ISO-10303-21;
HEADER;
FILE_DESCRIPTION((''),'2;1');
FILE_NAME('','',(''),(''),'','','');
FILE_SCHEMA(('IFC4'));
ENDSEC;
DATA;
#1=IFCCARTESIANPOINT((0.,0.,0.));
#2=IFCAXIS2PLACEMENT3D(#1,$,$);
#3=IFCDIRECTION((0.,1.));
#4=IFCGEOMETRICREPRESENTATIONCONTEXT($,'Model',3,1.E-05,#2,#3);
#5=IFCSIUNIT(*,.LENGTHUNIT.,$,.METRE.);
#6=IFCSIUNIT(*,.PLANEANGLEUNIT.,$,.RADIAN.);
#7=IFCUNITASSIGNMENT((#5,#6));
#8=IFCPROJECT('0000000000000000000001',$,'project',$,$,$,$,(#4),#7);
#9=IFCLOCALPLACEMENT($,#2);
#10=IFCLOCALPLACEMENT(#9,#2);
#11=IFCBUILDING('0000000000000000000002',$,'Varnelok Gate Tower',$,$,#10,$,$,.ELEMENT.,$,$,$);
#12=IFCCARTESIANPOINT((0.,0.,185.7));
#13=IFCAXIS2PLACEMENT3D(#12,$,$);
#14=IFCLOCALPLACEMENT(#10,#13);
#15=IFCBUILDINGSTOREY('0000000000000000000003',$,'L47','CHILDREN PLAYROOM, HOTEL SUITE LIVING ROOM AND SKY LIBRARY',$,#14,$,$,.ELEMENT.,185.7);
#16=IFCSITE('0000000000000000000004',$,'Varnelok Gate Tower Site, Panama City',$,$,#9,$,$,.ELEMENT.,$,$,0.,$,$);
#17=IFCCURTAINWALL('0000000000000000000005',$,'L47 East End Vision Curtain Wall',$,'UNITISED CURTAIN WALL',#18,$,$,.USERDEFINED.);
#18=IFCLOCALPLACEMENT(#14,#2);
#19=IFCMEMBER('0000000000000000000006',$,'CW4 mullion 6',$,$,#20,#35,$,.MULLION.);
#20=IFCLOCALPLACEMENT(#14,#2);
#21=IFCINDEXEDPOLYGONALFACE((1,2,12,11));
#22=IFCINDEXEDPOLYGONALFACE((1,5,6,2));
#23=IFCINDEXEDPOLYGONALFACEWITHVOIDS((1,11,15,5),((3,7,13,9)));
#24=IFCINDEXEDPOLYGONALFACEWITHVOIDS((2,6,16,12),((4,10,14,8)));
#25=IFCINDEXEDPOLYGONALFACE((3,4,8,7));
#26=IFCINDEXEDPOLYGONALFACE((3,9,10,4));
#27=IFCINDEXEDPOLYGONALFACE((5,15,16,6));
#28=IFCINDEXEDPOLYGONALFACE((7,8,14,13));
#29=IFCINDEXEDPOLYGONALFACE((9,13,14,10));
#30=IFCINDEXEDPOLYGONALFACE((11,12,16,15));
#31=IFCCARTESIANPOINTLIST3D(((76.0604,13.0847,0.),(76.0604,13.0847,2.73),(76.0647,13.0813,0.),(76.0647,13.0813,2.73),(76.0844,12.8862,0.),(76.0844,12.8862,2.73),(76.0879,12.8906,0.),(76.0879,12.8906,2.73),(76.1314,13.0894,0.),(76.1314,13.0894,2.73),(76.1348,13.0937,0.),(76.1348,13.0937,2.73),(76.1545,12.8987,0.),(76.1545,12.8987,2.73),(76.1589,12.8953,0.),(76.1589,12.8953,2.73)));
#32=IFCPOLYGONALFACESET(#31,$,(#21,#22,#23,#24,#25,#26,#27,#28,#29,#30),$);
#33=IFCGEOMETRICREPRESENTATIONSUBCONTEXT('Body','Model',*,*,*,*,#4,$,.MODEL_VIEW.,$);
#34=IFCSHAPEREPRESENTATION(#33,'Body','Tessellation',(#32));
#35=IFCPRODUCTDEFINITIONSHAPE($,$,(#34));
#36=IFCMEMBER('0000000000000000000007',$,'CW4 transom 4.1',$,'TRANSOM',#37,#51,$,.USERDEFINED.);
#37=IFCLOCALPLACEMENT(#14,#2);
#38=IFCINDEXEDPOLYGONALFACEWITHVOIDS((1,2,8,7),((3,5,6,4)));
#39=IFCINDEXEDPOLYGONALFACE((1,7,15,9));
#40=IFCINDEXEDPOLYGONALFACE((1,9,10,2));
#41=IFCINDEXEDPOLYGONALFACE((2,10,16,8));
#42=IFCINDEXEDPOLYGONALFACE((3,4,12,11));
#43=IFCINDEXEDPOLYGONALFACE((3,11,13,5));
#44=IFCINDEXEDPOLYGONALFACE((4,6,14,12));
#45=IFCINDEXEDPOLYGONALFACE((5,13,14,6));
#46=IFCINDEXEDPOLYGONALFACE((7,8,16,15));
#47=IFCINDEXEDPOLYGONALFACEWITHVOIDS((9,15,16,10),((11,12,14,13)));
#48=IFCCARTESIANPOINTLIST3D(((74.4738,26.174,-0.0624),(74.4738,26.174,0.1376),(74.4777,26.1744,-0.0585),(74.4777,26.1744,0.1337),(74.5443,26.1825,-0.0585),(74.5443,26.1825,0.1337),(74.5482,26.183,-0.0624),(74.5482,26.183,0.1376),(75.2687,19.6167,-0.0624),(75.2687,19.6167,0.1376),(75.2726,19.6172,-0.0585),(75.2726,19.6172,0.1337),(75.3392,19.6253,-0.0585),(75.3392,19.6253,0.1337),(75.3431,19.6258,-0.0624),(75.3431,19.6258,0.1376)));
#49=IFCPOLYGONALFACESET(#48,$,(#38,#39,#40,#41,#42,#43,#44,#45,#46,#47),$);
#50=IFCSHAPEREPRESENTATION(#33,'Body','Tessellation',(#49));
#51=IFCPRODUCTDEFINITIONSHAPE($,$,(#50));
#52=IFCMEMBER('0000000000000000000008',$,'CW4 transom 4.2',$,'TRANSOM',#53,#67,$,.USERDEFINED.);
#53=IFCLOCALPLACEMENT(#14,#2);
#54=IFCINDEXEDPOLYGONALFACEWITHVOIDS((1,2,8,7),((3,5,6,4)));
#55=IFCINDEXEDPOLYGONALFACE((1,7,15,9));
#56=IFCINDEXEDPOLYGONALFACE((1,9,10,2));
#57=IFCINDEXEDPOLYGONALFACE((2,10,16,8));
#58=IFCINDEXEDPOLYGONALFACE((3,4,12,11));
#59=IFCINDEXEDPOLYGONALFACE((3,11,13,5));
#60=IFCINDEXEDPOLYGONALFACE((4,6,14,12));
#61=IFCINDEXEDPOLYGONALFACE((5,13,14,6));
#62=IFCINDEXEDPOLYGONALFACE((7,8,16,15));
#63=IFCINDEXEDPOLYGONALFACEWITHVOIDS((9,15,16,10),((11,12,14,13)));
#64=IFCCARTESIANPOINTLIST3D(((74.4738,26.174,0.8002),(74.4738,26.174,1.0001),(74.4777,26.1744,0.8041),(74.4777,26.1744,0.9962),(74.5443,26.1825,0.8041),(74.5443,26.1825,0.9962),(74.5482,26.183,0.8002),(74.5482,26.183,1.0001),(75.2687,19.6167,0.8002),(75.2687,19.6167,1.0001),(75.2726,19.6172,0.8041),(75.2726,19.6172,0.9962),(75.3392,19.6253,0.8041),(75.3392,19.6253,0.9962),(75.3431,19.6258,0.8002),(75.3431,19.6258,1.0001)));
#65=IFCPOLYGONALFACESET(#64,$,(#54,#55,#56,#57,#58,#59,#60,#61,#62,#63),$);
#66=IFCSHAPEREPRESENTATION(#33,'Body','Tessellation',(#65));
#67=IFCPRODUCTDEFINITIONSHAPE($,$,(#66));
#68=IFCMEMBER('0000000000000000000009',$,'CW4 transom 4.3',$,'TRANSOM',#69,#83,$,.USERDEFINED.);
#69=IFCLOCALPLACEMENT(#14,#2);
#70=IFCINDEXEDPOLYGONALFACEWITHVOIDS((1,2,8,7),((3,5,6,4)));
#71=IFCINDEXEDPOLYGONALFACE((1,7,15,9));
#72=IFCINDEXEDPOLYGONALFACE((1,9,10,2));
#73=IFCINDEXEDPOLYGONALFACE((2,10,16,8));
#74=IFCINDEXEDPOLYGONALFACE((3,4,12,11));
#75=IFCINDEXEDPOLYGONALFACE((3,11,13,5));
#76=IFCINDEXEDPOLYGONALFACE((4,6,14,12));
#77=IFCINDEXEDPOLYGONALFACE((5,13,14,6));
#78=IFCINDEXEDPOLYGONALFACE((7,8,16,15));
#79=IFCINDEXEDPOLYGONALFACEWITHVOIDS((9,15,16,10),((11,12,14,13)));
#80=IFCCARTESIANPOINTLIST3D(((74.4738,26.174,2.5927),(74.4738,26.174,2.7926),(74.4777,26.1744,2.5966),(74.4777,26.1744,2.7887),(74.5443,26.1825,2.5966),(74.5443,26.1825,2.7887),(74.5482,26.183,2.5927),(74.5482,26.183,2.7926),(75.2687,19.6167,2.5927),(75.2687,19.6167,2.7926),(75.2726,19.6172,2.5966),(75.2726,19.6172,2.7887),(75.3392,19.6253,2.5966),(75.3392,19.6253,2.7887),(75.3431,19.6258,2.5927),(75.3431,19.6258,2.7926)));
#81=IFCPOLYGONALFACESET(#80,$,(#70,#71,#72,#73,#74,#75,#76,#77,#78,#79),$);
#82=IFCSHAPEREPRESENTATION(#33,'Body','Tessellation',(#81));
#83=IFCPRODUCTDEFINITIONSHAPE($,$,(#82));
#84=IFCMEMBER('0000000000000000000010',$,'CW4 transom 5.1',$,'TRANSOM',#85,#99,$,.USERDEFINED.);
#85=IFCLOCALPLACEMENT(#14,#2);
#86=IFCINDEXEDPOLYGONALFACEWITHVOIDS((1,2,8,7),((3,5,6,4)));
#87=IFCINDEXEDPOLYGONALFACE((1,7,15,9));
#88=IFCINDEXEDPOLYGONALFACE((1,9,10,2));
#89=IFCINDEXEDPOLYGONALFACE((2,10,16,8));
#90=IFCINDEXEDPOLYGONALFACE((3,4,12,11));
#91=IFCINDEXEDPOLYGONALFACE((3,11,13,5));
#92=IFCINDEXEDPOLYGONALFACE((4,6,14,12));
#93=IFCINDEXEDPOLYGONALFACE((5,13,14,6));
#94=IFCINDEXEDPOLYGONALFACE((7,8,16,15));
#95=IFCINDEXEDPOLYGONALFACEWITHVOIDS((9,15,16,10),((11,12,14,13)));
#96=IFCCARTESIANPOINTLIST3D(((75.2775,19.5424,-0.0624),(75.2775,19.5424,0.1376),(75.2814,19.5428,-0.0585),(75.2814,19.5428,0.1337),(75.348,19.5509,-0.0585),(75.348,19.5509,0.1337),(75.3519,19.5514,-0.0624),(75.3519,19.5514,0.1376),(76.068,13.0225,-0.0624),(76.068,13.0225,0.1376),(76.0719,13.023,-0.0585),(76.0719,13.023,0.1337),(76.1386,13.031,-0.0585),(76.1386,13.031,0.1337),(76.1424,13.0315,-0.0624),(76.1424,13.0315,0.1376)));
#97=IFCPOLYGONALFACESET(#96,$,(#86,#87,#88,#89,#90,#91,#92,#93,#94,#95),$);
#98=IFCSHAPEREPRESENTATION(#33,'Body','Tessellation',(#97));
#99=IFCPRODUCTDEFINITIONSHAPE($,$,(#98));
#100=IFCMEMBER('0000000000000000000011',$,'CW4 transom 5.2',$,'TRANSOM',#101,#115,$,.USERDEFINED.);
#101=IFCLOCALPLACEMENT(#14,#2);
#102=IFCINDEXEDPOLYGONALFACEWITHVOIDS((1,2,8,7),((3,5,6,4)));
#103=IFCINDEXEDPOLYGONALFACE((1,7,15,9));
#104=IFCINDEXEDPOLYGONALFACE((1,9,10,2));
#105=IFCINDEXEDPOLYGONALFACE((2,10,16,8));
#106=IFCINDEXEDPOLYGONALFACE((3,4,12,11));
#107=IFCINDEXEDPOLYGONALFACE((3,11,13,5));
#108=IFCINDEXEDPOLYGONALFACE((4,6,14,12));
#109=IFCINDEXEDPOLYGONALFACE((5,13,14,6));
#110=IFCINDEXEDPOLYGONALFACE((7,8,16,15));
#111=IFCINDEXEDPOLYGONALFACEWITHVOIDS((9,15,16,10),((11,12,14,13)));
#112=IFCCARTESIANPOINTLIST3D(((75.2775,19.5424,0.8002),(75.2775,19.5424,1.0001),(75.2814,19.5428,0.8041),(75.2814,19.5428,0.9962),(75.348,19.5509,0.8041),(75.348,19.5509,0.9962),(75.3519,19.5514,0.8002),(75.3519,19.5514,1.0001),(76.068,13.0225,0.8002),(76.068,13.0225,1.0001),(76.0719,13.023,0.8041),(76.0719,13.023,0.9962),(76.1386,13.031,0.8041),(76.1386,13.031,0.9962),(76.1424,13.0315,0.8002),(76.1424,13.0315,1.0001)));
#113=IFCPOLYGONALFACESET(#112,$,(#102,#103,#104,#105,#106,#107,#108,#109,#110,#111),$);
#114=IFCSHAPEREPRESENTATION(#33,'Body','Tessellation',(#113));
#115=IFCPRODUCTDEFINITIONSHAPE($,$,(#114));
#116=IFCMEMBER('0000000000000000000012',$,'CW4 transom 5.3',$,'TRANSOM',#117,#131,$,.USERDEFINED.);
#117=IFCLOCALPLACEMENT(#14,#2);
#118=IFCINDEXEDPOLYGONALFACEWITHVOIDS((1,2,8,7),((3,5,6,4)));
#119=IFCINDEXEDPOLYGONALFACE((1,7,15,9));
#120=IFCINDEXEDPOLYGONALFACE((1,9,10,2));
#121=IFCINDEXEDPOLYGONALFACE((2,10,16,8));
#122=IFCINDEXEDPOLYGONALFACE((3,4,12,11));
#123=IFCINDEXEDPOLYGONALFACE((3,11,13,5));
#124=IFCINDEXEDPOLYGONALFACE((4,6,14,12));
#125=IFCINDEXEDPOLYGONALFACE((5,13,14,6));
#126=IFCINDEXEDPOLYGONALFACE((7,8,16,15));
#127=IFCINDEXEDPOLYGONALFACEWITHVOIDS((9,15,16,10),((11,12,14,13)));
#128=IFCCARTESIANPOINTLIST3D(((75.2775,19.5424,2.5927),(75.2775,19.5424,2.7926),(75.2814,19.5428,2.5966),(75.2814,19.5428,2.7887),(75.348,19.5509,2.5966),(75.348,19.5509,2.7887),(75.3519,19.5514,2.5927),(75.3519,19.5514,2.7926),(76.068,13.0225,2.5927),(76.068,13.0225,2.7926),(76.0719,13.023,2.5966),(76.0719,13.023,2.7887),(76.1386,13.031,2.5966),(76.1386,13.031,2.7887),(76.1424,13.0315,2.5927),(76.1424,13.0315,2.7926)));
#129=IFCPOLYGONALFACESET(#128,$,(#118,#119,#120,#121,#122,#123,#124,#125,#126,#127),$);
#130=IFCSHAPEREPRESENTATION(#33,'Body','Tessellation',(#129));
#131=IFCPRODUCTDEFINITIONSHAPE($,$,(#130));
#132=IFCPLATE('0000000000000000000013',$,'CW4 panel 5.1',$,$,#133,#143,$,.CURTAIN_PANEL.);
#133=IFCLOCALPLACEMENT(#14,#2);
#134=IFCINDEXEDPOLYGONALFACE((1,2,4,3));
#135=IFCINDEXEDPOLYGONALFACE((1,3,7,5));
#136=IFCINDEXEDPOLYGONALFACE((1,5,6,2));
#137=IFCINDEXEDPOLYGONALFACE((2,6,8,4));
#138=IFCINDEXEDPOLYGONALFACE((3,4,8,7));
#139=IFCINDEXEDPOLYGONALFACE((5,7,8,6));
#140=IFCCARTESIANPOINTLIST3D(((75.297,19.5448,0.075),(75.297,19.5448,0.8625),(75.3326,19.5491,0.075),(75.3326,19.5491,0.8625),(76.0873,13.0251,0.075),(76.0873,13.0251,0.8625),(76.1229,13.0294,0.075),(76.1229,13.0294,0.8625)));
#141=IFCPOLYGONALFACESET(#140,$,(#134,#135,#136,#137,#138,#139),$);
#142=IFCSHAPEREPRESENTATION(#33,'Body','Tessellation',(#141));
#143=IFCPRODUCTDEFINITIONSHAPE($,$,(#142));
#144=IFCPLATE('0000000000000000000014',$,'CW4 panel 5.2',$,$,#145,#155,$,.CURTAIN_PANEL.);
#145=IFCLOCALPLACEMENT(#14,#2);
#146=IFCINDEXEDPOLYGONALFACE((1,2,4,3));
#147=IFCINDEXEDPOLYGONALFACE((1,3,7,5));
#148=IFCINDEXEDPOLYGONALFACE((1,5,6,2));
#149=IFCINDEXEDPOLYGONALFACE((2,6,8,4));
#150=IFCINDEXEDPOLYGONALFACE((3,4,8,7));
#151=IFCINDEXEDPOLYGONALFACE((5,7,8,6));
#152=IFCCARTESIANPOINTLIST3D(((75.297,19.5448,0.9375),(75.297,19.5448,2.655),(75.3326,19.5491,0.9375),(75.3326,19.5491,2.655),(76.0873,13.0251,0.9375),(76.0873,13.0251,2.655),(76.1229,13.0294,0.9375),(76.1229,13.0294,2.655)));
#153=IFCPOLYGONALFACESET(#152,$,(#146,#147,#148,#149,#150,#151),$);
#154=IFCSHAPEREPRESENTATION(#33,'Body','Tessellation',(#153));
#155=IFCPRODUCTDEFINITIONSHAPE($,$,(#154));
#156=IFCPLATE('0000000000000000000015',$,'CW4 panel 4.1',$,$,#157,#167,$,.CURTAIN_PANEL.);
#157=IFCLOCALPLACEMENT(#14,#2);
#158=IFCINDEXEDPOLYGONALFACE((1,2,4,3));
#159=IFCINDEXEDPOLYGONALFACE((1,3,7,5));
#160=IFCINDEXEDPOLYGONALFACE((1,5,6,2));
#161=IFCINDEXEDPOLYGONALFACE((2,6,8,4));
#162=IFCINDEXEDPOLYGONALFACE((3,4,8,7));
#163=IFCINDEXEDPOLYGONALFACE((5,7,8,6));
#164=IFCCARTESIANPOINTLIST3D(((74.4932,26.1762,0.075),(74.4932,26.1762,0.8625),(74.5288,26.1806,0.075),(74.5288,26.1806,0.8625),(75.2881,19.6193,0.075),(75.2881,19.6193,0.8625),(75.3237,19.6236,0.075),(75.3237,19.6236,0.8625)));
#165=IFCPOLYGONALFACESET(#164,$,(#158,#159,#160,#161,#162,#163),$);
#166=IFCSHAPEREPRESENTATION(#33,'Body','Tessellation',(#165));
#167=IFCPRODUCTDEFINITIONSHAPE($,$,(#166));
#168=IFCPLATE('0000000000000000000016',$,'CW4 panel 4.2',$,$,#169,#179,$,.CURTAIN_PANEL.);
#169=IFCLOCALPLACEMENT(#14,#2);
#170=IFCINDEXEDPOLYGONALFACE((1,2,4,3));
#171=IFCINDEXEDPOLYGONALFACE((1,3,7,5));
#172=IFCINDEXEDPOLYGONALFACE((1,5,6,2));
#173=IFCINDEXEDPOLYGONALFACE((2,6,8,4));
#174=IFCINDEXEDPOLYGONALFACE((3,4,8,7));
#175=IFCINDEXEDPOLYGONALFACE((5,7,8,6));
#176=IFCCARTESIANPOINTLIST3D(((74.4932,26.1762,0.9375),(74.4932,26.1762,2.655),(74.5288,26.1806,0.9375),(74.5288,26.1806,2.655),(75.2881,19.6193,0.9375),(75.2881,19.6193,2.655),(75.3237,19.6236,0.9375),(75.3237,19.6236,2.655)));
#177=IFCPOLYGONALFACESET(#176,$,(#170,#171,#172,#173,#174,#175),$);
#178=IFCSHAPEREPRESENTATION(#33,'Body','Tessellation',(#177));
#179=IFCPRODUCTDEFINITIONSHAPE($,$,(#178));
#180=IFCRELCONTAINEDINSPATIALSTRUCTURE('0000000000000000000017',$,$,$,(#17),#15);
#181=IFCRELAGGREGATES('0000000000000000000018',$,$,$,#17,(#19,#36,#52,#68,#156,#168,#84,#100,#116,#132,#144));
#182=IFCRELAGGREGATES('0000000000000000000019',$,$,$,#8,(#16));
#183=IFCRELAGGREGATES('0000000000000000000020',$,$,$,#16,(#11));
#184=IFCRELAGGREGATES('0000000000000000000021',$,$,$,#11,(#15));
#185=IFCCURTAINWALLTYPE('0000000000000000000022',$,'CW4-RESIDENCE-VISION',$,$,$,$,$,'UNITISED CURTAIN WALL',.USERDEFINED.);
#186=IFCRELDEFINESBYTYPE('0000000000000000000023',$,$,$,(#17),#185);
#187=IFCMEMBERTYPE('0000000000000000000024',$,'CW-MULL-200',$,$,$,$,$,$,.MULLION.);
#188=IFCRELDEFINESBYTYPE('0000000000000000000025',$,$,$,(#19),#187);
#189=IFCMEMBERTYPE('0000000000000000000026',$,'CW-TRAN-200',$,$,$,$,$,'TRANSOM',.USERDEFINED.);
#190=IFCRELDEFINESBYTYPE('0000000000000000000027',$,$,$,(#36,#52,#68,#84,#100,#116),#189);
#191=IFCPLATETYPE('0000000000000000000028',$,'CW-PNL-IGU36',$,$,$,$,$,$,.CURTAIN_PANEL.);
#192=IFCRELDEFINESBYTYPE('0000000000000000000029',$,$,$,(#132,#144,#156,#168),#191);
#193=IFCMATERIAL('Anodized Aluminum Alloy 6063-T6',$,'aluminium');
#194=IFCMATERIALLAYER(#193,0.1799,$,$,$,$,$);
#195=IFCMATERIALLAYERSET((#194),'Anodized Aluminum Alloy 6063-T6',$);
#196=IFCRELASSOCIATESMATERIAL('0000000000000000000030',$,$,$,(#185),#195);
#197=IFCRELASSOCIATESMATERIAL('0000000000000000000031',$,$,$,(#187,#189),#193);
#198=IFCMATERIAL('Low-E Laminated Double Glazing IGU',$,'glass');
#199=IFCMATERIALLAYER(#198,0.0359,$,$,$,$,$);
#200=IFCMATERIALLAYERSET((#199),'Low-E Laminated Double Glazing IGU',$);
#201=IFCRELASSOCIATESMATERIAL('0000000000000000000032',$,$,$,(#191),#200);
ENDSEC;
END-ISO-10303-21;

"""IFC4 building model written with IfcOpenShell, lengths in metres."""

from ifc_helpers import new_model, si_unit, direction, frame, origin, origin_2d, place, context, subcontext, project, spatial, rectangle, hollow_rectangle, extrude, source, transform, mapped, material, layer, layer_set, material_profile, profile_set, type_object, element, aggregate, save


model = new_model("IFC4")

# Units and contexts
model_context = context("Model", 3, precision=1e-05, world=origin(), true_north=direction((0.0, 1.0)))
body_context = subcontext(model_context, "Body", "Model", "MODEL_VIEW")
ifc_project = project(units=[si_unit("LENGTHUNIT", "METRE"), si_unit("PLANEANGLEUNIT", "RADIAN")], contexts=[model_context])

# Site, building, storey
site_placement = place(None, origin())
site = spatial("IfcSite", under=ifc_project, at=site_placement, Name="Varnelok Gate Tower Site, Panama City", CompositionType="ELEMENT", RefElevation=0.0)
building_placement = place(site_placement, origin())
building = spatial("IfcBuilding", under=site, at=building_placement, Name="Varnelok Gate Tower", CompositionType="ELEMENT")
storey_placement = place(building_placement, frame((0.0, 0.0, 185.7)))
storey = spatial("IfcBuildingStorey", under=building, at=storey_placement, Name="L47", Description="CHILDREN PLAYROOM, HOTEL SUITE LIVING ROOM AND SKY LIBRARY", CompositionType="ELEMENT", Elevation=185.7)

# Curtain wall, members, plates
ifc_material_1 = material(Name="Anodized Aluminum Alloy 6063-T6", Category="aluminium")
ifc_layer_1 = layer(ifc_material_1, 0.1799)
ifc_layer_set_1 = layer_set([ifc_layer_1], Name="Anodized Aluminum Alloy 6063-T6")
curtain_wall_type = type_object("IfcCurtainWallType", Name="CW4-RESIDENCE-VISION", ElementType="UNITISED CURTAIN WALL", PredefinedType="USERDEFINED", material=ifc_layer_set_1)
curtain_wall_placement = place(storey_placement, origin())
curtain_wall = element("IfcCurtainWall", 1, at=curtain_wall_placement, inside=storey, type_object=curtain_wall_type, Name="L47 East End Vision Curtain Wall", ObjectType="UNITISED CURTAIN WALL", PredefinedType="USERDEFINED")
ifc_material_profile_1 = material_profile(ifc_material_1, hollow_rectangle(XDim=0.075, YDim=0.2, WallThickness=0.0039, at=origin_2d()), Name="ALU200X75X4")
ifc_profile_set_1 = profile_set([ifc_material_profile_1], Name="Anodized Aluminum Alloy 6063-T6")
member_type_1 = type_object("IfcMemberType", Name="CW-MULL-200", PredefinedType="MULLION", material=ifc_profile_set_1)
member_1_placement = place(storey_placement, frame((76.1096, 12.99, 0.0), z_axis=(0.0, 0.0, 1.0), x_axis=(0.992732, 0.120345, 0.0)))
member_1 = element("IfcMember", 2, at=member_1_placement, type_object=member_type_1, Name="CW4 mullion 6", PredefinedType="MULLION", context=body_context, shape_type="SweptSolid", body=[
    extrude(hollow_rectangle(XDim=0.075, YDim=0.2, WallThickness=0.0039, at=origin_2d()), origin(), (0.0, 0.0, 1.0), 2.73),
])
ifc_material_profile_2 = material_profile(ifc_material_1, hollow_rectangle(XDim=0.075, YDim=0.2, WallThickness=0.0039, at=origin_2d()), Name="ALU200X75X4")
ifc_profile_set_2 = profile_set([ifc_material_profile_2], Name="Anodized Aluminum Alloy 6063-T6")
member_type_2 = type_object("IfcMemberType", Name="CW-TRAN-200", ElementType="TRANSOM", PredefinedType="USERDEFINED", material=ifc_profile_set_2)
member_2_placement = place(storey_placement, frame((74.511, 26.1785, 0.0376), z_axis=(0.120349, -0.992732, 0.0), x_axis=(0.992732, 0.120349, 0.0)))
member_2 = element("IfcMember", 3, at=member_2_placement, type_object=member_type_2, Name="CW4 transom 4.1", ObjectType="TRANSOM", PredefinedType="USERDEFINED", context=body_context, shape_type="SweptSolid", body=[
    extrude(hollow_rectangle(XDim=0.075, YDim=0.2, WallThickness=0.0039, at=origin_2d()), origin(), (0.0, 0.0, 1.0), 6.6052),
])
member_3_placement = place(storey_placement, frame((74.511, 26.1785, 0.9001), z_axis=(0.120349, -0.992732, 0.0), x_axis=(0.992732, 0.120349, 0.0)))
member_3 = element("IfcMember", 4, at=member_3_placement, type_object=member_type_2, Name="CW4 transom 4.2", ObjectType="TRANSOM", PredefinedType="USERDEFINED", context=body_context, shape_type="SweptSolid", body=[
    extrude(hollow_rectangle(XDim=0.075, YDim=0.2, WallThickness=0.0039, at=origin_2d()), origin(), (0.0, 0.0, 1.0), 6.6052),
])
member_4_placement = place(storey_placement, frame((74.511, 26.1785, 2.6926), z_axis=(0.120349, -0.992732, 0.0), x_axis=(0.992732, 0.120349, 0.0)))
member_4 = element("IfcMember", 5, at=member_4_placement, type_object=member_type_2, Name="CW4 transom 4.3", ObjectType="TRANSOM", PredefinedType="USERDEFINED", context=body_context, shape_type="SweptSolid", body=[
    extrude(hollow_rectangle(XDim=0.075, YDim=0.2, WallThickness=0.0039, at=origin_2d()), origin(), (0.0, 0.0, 1.0), 6.6052),
])
member_5_placement = place(storey_placement, frame((75.3147, 19.5469, 0.0376), z_axis=(0.120369, -0.992729, 0.0), x_axis=(0.992729, 0.120369, 0.0)))
member_5 = element("IfcMember", 6, at=member_5_placement, type_object=member_type_2, Name="CW4 transom 5.1", ObjectType="TRANSOM", PredefinedType="USERDEFINED", context=body_context, shape_type="SweptSolid", body=[
    extrude(hollow_rectangle(XDim=0.075, YDim=0.2, WallThickness=0.0039, at=origin_2d()), origin(), (0.0, 0.0, 1.0), 6.5676),
])
member_6_placement = place(storey_placement, frame((75.3147, 19.5469, 0.9001), z_axis=(0.120369, -0.992729, 0.0), x_axis=(0.992729, 0.120369, 0.0)))
member_6 = element("IfcMember", 7, at=member_6_placement, type_object=member_type_2, Name="CW4 transom 5.2", ObjectType="TRANSOM", PredefinedType="USERDEFINED", context=body_context, shape_type="SweptSolid", body=[
    extrude(hollow_rectangle(XDim=0.075, YDim=0.2, WallThickness=0.0039, at=origin_2d()), origin(), (0.0, 0.0, 1.0), 6.5676),
])
member_7_placement = place(storey_placement, frame((75.3147, 19.5469, 2.6926), z_axis=(0.120369, -0.992729, 0.0), x_axis=(0.992729, 0.120369, 0.0)))
member_7 = element("IfcMember", 8, at=member_7_placement, type_object=member_type_2, Name="CW4 transom 5.3", ObjectType="TRANSOM", PredefinedType="USERDEFINED", context=body_context, shape_type="SweptSolid", body=[
    extrude(hollow_rectangle(XDim=0.075, YDim=0.2, WallThickness=0.0039, at=origin_2d()), origin(), (0.0, 0.0, 1.0), 6.5676),
])
ifc_material_2 = material(Name="Low-E Laminated Double Glazing IGU", Category="glass")
ifc_layer_2 = layer(ifc_material_2, 0.0359)
ifc_layer_set_2 = layer_set([ifc_layer_2], Name="Low-E Laminated Double Glazing IGU")
plate_type = type_object("IfcPlateType", Name="CW-PNL-IGU36", PredefinedType="CURTAIN_PANEL", material=ifc_layer_set_2)
shared_shape_1 = source(origin(), body_context, "Body", "SweptSolid", [
    extrude(rectangle(XDim=6.5674, YDim=0.0359, at=origin_2d()), origin(), (0.0, 0.0, 1.0), 0.7876),
])
plate_1_placement = place(storey_placement, frame((75.71, 16.2871, 0.075), z_axis=(0.0, 0.0, 1.0), x_axis=(0.120345, -0.992732, 0.0)))
plate_1 = element("IfcPlate", 9, at=plate_1_placement, type_object=plate_type, Name="CW4 panel 5.1", PredefinedType="CURTAIN_PANEL", context=body_context, shape_type="MappedRepresentation", body=[
    mapped(shared_shape_1, transform((0.0, 0.0, 0.0), scale=1.0)),
])
shared_shape_2 = source(origin(), body_context, "Body", "SweptSolid", [
    extrude(rectangle(XDim=6.5674, YDim=0.0359, at=origin_2d()), origin(), (0.0, 0.0, 1.0), 1.7175),
])
plate_2_placement = place(storey_placement, frame((75.71, 16.2871, 0.9375), z_axis=(0.0, 0.0, 1.0), x_axis=(0.120345, -0.992732, 0.0)))
plate_2 = element("IfcPlate", 10, at=plate_2_placement, type_object=plate_type, Name="CW4 panel 5.2", PredefinedType="CURTAIN_PANEL", context=body_context, shape_type="MappedRepresentation", body=[
    mapped(shared_shape_2, transform((0.0, 0.0, 0.0), scale=1.0)),
])
shared_shape_3 = source(origin(), body_context, "Body", "SweptSolid", [
    extrude(rectangle(XDim=6.605, YDim=0.0359, at=origin_2d()), origin(), (0.0, 0.0, 1.0), 0.7876),
])
plate_3_placement = place(storey_placement, frame((74.9084, 22.8999, 0.075), z_axis=(0.0, 0.0, 1.0), x_axis=(0.120345, -0.992732, 0.0)))
plate_3 = element("IfcPlate", 11, at=plate_3_placement, type_object=plate_type, Name="CW4 panel 4.1", PredefinedType="CURTAIN_PANEL", context=body_context, shape_type="MappedRepresentation", body=[
    mapped(shared_shape_3, transform((0.0, 0.0, 0.0), scale=1.0)),
])
shared_shape_4 = source(origin(), body_context, "Body", "SweptSolid", [
    extrude(rectangle(XDim=6.605, YDim=0.0359, at=origin_2d()), origin(), (0.0, 0.0, 1.0), 1.7175),
])
plate_4_placement = place(storey_placement, frame((74.9084, 22.8999, 0.9375), z_axis=(0.0, 0.0, 1.0), x_axis=(0.120345, -0.992732, 0.0)))
plate_4 = element("IfcPlate", 12, at=plate_4_placement, type_object=plate_type, Name="CW4 panel 4.2", PredefinedType="CURTAIN_PANEL", context=body_context, shape_type="MappedRepresentation", body=[
    mapped(shared_shape_4, transform((0.0, 0.0, 0.0), scale=1.0)),
])
aggregate(curtain_wall, [member_1, member_2, member_3, member_4, plate_3, plate_4, member_5, member_6, member_7, plate_1, plate_2])

save(model, "model.ifc")
